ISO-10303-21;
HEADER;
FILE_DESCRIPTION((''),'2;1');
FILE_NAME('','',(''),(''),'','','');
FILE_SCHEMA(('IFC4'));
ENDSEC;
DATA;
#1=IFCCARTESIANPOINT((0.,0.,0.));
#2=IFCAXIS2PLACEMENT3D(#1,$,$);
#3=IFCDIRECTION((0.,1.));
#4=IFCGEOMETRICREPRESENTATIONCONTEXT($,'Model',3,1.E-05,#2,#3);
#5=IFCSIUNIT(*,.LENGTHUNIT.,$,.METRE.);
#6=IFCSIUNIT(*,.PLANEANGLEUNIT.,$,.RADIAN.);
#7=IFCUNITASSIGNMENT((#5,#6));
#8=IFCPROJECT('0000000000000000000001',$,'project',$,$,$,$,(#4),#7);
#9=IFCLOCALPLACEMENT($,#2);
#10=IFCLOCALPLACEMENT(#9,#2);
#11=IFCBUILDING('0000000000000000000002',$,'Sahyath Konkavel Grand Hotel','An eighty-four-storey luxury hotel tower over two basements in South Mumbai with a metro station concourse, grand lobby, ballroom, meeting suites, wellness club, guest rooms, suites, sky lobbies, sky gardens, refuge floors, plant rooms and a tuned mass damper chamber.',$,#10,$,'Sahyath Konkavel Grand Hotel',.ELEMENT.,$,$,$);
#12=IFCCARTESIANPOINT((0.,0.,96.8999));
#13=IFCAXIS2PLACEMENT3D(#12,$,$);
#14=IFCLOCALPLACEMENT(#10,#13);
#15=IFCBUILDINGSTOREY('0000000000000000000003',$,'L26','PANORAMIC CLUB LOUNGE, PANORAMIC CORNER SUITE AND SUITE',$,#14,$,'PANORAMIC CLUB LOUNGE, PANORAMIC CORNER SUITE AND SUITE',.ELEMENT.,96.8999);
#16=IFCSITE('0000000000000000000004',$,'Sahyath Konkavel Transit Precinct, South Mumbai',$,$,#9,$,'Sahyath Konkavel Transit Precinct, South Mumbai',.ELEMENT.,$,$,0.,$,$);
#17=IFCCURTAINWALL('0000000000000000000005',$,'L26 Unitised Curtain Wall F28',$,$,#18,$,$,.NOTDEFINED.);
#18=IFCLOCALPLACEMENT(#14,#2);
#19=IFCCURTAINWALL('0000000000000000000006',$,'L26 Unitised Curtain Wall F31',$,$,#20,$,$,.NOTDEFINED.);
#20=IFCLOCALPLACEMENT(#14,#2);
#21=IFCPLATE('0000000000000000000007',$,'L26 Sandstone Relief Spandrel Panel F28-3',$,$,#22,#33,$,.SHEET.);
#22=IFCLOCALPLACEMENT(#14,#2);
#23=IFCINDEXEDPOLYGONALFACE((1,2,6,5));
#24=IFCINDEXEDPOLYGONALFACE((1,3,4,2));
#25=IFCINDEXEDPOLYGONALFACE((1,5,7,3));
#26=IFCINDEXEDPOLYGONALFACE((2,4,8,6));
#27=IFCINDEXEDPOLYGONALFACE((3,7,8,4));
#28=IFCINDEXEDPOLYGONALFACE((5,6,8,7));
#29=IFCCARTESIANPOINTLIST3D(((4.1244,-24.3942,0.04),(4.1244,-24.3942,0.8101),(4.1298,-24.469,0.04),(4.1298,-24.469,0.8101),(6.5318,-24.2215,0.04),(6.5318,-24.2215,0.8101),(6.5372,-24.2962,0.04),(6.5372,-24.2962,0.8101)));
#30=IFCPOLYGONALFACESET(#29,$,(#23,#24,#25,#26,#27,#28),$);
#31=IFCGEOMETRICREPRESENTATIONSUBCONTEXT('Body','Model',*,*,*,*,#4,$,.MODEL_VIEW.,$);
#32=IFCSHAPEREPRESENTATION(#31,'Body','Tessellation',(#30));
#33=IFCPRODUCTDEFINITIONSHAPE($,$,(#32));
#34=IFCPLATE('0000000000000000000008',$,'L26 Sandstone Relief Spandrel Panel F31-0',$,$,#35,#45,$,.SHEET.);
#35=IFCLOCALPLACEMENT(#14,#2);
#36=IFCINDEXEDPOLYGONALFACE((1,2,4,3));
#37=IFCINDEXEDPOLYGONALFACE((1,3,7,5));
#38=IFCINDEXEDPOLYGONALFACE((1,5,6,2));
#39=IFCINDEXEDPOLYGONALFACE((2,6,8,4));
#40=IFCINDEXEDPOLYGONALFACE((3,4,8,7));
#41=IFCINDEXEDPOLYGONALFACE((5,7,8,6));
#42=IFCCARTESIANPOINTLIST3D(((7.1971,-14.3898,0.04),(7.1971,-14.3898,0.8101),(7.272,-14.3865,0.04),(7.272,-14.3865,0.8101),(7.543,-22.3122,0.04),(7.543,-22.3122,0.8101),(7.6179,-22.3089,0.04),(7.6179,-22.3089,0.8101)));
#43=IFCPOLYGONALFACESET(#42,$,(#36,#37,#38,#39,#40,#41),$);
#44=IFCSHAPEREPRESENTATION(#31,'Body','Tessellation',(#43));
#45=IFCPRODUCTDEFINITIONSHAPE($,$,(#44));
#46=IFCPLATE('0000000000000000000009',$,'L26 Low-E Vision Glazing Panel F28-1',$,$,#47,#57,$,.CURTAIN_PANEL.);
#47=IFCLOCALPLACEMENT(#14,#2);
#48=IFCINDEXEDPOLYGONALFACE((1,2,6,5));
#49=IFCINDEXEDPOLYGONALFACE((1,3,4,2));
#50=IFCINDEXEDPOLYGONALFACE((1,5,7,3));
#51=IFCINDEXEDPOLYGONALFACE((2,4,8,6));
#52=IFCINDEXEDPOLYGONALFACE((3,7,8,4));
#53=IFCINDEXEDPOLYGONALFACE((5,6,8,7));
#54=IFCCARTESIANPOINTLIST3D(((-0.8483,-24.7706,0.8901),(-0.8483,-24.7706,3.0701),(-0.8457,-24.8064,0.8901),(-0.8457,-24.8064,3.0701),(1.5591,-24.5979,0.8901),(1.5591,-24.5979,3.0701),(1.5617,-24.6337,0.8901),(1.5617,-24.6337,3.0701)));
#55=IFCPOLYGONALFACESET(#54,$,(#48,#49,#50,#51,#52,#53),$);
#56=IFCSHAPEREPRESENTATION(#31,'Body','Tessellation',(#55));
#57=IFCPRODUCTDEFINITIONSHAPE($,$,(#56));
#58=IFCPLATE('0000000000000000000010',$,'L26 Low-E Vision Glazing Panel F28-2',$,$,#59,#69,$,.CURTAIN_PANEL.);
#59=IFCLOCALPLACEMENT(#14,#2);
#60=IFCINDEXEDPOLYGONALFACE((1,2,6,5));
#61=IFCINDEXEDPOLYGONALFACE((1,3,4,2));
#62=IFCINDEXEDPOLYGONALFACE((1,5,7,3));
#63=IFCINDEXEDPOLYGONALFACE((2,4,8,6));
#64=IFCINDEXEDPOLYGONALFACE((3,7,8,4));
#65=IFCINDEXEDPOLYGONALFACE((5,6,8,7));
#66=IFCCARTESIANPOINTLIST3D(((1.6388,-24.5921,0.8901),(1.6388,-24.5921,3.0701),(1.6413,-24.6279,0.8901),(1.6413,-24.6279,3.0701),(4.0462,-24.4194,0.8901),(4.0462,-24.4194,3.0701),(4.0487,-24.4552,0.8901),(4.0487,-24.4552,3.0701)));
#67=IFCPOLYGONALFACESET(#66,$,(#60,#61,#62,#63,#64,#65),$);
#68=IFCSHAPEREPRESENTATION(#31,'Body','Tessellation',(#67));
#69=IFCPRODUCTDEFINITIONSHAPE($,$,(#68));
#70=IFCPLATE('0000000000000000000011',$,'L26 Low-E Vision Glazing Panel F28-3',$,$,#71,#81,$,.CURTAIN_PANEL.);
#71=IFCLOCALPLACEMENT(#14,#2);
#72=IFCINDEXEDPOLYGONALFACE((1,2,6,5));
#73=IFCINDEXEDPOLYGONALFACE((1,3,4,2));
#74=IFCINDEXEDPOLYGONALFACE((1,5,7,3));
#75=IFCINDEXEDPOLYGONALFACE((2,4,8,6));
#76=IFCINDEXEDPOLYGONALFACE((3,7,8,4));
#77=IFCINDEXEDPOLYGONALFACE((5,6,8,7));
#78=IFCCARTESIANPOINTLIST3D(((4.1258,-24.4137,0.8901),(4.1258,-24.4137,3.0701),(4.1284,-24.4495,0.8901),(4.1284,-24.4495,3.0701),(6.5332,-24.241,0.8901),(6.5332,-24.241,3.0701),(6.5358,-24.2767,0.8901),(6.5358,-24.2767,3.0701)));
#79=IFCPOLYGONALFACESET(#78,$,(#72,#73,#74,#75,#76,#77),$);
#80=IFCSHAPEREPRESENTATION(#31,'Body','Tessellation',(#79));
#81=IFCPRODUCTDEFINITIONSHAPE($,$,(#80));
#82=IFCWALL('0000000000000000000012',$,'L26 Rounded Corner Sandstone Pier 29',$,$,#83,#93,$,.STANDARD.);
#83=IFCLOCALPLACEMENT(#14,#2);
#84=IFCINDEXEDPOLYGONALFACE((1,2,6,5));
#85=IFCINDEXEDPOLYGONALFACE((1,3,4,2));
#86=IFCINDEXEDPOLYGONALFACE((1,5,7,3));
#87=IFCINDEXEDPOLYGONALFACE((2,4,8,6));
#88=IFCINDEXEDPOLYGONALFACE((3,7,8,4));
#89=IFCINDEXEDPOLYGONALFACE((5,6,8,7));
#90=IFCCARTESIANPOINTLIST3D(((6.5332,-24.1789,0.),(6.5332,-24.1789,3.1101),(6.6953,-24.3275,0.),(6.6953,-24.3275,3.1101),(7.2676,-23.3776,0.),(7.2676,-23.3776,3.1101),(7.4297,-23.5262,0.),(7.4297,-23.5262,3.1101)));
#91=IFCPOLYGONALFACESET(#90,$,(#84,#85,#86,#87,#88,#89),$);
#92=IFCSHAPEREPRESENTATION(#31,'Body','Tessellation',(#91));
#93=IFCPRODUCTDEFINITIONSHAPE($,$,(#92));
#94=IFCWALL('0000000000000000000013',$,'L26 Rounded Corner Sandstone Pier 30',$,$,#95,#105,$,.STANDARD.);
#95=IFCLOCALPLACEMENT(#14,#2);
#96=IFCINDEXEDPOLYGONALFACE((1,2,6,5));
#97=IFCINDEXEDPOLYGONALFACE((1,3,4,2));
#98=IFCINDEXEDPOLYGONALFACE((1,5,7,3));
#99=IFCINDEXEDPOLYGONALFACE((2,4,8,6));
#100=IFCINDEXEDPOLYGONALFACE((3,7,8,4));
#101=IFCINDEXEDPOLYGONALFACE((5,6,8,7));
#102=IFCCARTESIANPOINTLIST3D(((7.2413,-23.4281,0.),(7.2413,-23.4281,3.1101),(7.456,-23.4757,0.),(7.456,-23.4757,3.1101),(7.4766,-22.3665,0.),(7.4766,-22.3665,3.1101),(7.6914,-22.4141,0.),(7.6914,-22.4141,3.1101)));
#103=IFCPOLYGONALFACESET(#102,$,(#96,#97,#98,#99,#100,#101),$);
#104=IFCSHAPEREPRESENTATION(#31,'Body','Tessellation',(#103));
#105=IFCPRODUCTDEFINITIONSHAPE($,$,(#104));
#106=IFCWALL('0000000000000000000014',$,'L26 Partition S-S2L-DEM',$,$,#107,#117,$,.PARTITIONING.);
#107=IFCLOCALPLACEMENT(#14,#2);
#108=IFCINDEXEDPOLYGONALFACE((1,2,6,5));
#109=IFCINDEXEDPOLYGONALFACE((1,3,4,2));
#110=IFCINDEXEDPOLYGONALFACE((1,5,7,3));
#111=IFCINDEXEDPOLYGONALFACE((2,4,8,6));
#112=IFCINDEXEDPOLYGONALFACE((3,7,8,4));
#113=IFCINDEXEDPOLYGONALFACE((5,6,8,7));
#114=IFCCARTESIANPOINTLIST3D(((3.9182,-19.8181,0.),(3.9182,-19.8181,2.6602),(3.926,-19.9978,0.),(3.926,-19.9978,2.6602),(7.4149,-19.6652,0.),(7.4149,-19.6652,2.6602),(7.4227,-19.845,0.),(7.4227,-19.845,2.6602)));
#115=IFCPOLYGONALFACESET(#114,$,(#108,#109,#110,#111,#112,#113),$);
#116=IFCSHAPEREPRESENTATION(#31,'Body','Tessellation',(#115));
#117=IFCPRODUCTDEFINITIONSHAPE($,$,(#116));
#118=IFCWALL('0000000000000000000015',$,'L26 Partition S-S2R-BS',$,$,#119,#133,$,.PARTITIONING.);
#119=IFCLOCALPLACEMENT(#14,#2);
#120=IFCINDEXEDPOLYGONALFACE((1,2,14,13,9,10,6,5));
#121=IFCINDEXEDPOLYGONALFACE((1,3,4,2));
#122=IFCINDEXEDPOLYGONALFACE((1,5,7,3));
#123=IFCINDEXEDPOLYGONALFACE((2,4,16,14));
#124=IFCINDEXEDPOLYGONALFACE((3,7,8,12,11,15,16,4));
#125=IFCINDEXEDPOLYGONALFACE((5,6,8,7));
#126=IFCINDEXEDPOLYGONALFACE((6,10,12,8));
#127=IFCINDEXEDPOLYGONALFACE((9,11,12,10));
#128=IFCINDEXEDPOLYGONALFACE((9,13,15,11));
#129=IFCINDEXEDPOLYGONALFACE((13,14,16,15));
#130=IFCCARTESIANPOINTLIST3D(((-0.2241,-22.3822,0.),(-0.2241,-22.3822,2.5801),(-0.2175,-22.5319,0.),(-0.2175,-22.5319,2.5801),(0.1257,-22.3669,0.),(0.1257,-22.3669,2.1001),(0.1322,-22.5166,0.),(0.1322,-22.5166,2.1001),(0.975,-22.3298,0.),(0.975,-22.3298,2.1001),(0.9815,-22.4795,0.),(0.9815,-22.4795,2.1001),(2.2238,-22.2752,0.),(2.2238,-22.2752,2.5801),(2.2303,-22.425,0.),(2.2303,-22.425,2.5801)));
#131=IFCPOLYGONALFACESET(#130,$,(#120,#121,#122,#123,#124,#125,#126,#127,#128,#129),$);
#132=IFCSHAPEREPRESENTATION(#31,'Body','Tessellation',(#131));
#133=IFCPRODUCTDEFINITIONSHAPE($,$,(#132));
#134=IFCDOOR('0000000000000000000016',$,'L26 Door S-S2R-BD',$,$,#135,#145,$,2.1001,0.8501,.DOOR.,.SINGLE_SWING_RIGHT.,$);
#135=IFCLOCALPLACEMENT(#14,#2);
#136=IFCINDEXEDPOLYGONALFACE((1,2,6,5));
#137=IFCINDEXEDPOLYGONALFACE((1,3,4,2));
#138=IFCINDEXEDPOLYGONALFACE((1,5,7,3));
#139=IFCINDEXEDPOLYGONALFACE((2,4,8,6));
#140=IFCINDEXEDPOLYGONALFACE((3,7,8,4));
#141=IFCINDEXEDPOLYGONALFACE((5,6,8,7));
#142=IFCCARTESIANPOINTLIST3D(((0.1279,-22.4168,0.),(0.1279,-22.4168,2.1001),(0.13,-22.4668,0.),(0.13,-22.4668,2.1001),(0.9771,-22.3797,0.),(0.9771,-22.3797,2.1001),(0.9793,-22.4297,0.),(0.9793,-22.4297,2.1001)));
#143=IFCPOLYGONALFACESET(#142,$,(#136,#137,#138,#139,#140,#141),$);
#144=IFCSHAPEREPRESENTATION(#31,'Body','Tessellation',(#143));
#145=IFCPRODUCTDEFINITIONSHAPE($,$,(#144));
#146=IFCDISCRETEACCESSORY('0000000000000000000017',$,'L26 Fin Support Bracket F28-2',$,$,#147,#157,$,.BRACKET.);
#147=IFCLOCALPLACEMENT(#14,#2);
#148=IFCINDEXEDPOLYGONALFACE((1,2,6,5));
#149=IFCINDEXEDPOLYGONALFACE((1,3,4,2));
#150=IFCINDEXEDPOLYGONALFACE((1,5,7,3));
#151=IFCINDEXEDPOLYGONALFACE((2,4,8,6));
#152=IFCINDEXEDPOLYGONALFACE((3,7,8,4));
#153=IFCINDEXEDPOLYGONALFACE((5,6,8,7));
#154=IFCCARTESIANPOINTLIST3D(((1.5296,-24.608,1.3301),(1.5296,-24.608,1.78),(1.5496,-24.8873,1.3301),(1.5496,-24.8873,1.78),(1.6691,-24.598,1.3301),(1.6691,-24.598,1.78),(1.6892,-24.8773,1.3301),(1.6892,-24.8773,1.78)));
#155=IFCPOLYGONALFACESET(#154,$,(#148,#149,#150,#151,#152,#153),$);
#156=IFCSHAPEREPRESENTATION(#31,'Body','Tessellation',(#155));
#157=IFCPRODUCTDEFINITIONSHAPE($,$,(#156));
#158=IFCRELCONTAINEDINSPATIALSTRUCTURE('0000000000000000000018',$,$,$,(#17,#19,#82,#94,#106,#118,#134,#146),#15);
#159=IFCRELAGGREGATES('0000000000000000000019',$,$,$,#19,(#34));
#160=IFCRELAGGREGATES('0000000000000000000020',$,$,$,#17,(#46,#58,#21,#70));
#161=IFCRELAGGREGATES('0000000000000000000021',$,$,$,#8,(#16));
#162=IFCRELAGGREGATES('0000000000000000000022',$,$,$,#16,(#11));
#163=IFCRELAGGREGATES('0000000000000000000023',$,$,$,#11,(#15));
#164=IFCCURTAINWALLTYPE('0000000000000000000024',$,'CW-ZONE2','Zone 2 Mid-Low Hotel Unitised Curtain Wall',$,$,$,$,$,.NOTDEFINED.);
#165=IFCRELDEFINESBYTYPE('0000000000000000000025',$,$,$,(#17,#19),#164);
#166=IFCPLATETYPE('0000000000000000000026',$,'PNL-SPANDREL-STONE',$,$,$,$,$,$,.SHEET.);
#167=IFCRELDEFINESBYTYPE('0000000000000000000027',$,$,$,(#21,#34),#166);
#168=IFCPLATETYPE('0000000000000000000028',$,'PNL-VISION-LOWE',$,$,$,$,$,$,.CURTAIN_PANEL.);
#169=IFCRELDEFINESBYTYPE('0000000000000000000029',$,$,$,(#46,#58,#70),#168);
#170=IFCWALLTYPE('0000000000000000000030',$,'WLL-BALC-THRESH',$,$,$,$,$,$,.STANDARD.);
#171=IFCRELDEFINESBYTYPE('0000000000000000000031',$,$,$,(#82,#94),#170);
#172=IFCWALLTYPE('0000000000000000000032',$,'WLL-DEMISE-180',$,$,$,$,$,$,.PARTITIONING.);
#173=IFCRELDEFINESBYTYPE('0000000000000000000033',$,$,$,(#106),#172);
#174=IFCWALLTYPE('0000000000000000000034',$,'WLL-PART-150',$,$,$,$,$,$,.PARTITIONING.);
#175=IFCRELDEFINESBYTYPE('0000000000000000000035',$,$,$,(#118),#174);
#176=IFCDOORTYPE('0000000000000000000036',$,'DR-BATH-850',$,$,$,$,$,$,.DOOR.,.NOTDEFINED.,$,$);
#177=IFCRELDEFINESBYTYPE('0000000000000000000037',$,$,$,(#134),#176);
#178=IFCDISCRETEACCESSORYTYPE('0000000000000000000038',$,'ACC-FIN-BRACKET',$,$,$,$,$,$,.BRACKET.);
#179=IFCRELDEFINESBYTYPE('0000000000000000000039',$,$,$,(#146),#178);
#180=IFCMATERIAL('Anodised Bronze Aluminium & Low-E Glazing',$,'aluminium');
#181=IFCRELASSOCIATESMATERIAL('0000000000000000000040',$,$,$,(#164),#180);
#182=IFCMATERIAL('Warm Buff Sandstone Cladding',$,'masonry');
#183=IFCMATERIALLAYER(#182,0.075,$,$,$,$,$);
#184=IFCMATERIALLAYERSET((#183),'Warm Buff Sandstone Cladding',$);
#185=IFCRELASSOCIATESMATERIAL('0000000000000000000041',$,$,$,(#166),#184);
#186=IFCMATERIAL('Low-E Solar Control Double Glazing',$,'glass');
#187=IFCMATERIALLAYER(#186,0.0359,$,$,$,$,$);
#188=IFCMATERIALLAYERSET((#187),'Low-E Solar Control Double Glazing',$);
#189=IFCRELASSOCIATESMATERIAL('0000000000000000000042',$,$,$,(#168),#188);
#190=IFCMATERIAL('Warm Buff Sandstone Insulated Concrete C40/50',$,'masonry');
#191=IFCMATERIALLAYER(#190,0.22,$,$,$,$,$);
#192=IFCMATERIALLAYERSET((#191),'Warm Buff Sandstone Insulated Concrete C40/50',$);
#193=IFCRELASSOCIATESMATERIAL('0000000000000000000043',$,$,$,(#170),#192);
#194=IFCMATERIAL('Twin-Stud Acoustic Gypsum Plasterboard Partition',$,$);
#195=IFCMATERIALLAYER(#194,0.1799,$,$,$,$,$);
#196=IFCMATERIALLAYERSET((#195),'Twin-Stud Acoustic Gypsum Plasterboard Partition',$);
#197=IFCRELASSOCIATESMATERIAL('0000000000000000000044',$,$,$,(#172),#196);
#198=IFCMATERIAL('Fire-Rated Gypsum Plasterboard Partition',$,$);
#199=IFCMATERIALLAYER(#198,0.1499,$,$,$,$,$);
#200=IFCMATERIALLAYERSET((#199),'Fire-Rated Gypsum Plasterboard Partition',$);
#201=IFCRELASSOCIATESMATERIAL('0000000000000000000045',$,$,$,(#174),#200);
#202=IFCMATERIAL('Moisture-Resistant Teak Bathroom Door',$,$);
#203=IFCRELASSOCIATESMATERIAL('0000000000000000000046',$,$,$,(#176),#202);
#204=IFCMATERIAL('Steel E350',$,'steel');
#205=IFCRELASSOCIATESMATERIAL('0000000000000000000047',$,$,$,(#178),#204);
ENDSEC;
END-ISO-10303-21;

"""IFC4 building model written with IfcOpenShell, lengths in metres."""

from ifc_helpers import new_model, si_unit, direction, frame, frame_2d, origin, origin_2d, place, context, subcontext, project, spatial, rectangle, extrude, source, transform, mapped, material, layer, layer_set, type_object, element, fill, aggregate, save


model = new_model("IFC4")

# Units and contexts
model_context = context("Model", 3, precision=1e-05, world=origin(), true_north=direction((0.0, 1.0)))
body_context = subcontext(model_context, "Body", "Model", "MODEL_VIEW")
ifc_project = project(units=[si_unit("LENGTHUNIT", "METRE"), si_unit("PLANEANGLEUNIT", "RADIAN")], contexts=[model_context])

# Site, building, storey
site_placement = place(None, origin())
site = spatial("IfcSite", under=ifc_project, at=site_placement, Name="Sahyath Konkavel Transit Precinct, South Mumbai", LongName="Sahyath Konkavel Transit Precinct, South Mumbai", CompositionType="ELEMENT", RefElevation=0.0)
building_placement = place(site_placement, origin())
building = spatial("IfcBuilding", under=site, at=building_placement, Name="Sahyath Konkavel Grand Hotel", Description="An eighty-four-storey luxury hotel tower over two basements in South Mumbai with a metro station concourse, grand lobby, ballroom, meeting suites, wellness club, guest rooms, suites, sky lobbies, sky gardens, refuge floors, plant rooms and a tuned mass damper chamber.", LongName="Sahyath Konkavel Grand Hotel", CompositionType="ELEMENT")
storey_placement = place(building_placement, frame((0.0, 0.0, 96.8999)))
storey = spatial("IfcBuildingStorey", under=building, at=storey_placement, Name="L26", Description="PANORAMIC CLUB LOUNGE, PANORAMIC CORNER SUITE AND SUITE", LongName="PANORAMIC CLUB LOUNGE, PANORAMIC CORNER SUITE AND SUITE", CompositionType="ELEMENT", Elevation=96.8999)

# Curtain wall
ifc_material_1 = material(Name="Anodised Bronze Aluminium & Low-E Glazing", Category="aluminium")
curtain_wall_type = type_object("IfcCurtainWallType", Name="CW-ZONE2", Description="Zone 2 Mid-Low Hotel Unitised Curtain Wall", PredefinedType="NOTDEFINED", material=ifc_material_1)
curtain_wall_1_placement = place(storey_placement, origin())
curtain_wall_1 = element("IfcCurtainWall", 1, at=curtain_wall_1_placement, inside=storey, type_object=curtain_wall_type, Name="L26 Unitised Curtain Wall F28", PredefinedType="NOTDEFINED")

# Curtain wall
curtain_wall_2_placement = place(storey_placement, origin())
curtain_wall_2 = element("IfcCurtainWall", 2, at=curtain_wall_2_placement, inside=storey, type_object=curtain_wall_type, Name="L26 Unitised Curtain Wall F31", PredefinedType="NOTDEFINED")

# Plates
ifc_material_2 = material(Name="Warm Buff Sandstone Cladding", Category="masonry")
ifc_layer_1 = layer(ifc_material_2, 0.075)
ifc_layer_set_1 = layer_set([ifc_layer_1], Name="Warm Buff Sandstone Cladding")
plate_type_1 = type_object("IfcPlateType", Name="PNL-SPANDREL-STONE", PredefinedType="SHEET", material=ifc_layer_set_1)
shared_shape_1 = source(origin(), body_context, "Body", "SweptSolid", [
    extrude(rectangle(XDim=2.4136, YDim=0.075, at=origin_2d()), origin(), (0.0, 0.0, 1.0), 0.77),
])
plate_1_placement = place(storey_placement, frame((5.3308, -24.3452, 0.04), z_axis=(0.0, 0.0, 1.0), x_axis=(0.997436, 0.071567, 0.0)))
plate_1 = element("IfcPlate", 3, at=plate_1_placement, type_object=plate_type_1, Name="L26 Sandstone Relief Spandrel Panel F28-3", PredefinedType="SHEET", context=body_context, shape_type="MappedRepresentation", body=[
    mapped(shared_shape_1, transform((0.0, 0.0, 0.0), scale=1.0)),
])
shared_shape_2 = source(origin(), body_context, "Body", "SweptSolid", [
    extrude(rectangle(XDim=7.9299, YDim=0.075, at=origin_2d()), origin(), (0.0, 0.0, 1.0), 0.77),
])
plate_2_placement = place(storey_placement, frame((7.4075, -18.3494, 0.04), z_axis=(0.0, 0.0, 1.0), x_axis=(-0.043619, 0.999048, 0.0)))
plate_2 = element("IfcPlate", 4, at=plate_2_placement, type_object=plate_type_1, Name="L26 Sandstone Relief Spandrel Panel F31-0", PredefinedType="SHEET", context=body_context, shape_type="MappedRepresentation", body=[
    mapped(shared_shape_2, transform((0.0, 0.0, 0.0), scale=1.0)),
])
aggregate(curtain_wall_2, [plate_2])
ifc_material_3 = material(Name="Low-E Solar Control Double Glazing", Category="glass")
ifc_layer_2 = layer(ifc_material_3, 0.0359)
ifc_layer_set_2 = layer_set([ifc_layer_2], Name="Low-E Solar Control Double Glazing")
plate_type_2 = type_object("IfcPlateType", Name="PNL-VISION-LOWE", PredefinedType="CURTAIN_PANEL", material=ifc_layer_set_2)
shared_shape_3 = source(origin(), body_context, "Body", "SweptSolid", [
    extrude(rectangle(XDim=2.4136, YDim=0.0359, at=origin_2d()), origin(), (0.0, 0.0, 1.0), 2.1799),
])
plate_3_placement = place(storey_placement, frame((0.3567, -24.7021, 0.8901), z_axis=(0.0, 0.0, 1.0), x_axis=(0.997436, 0.071567, 0.0)))
plate_3 = element("IfcPlate", 5, at=plate_3_placement, type_object=plate_type_2, Name="L26 Low-E Vision Glazing Panel F28-1", PredefinedType="CURTAIN_PANEL", context=body_context, shape_type="MappedRepresentation", body=[
    mapped(shared_shape_3, transform((0.0, 0.0, 0.0), scale=1.0)),
])
plate_4_placement = place(storey_placement, frame((2.8438, -24.5237, 0.8901), z_axis=(0.0, 0.0, 1.0), x_axis=(0.997436, 0.071567, 0.0)))
plate_4 = element("IfcPlate", 6, at=plate_4_placement, type_object=plate_type_2, Name="L26 Low-E Vision Glazing Panel F28-2", PredefinedType="CURTAIN_PANEL", context=body_context, shape_type="MappedRepresentation", body=[
    mapped(shared_shape_3, transform((0.0, 0.0, 0.0), scale=1.0)),
])
plate_5_placement = place(storey_placement, frame((5.3308, -24.3452, 0.8901), z_axis=(0.0, 0.0, 1.0), x_axis=(0.997436, 0.071567, 0.0)))
plate_5 = element("IfcPlate", 7, at=plate_5_placement, type_object=plate_type_2, Name="L26 Low-E Vision Glazing Panel F28-3", PredefinedType="CURTAIN_PANEL", context=body_context, shape_type="MappedRepresentation", body=[
    mapped(shared_shape_3, transform((0.0, 0.0, 0.0), scale=1.0)),
])
aggregate(curtain_wall_1, [plate_3, plate_4, plate_1, plate_5])

# Walls
ifc_material_4 = material(Name="Warm Buff Sandstone Insulated Concrete C40/50", Category="masonry")
ifc_layer_3 = layer(ifc_material_4, 0.22)
ifc_layer_set_3 = layer_set([ifc_layer_3], Name="Warm Buff Sandstone Insulated Concrete C40/50")
wall_type_1 = type_object("IfcWallType", Name="WLL-BALC-THRESH", PredefinedType="STANDARD", material=ifc_layer_set_3)
wall_1_placement = place(storey_placement, frame((6.6143, -24.2532, 0.0), z_axis=(0.0, 0.0, 1.0), x_axis=(0.675664, 0.73721, 0.0)))
element("IfcWall", 8, at=wall_1_placement, inside=storey, type_object=wall_type_1, Name="L26 Rounded Corner Sandstone Pier 29", PredefinedType="STANDARD", context=body_context, shape_type="SweptSolid", body=[
    extrude(rectangle(XDim=1.0869, YDim=0.22, at=frame_2d((0.5435, 0.0))), origin(), (0.0, 0.0, 1.0), 3.1101),
])
wall_2_placement = place(storey_placement, frame((7.3486, -23.4519, 0.0), z_axis=(0.0, 0.0, 1.0), x_axis=(0.216455, 0.976293, 0.0)))
element("IfcWall", 9, at=wall_2_placement, inside=storey, type_object=wall_type_1, Name="L26 Rounded Corner Sandstone Pier 30", PredefinedType="STANDARD", context=body_context, shape_type="SweptSolid", body=[
    extrude(rectangle(XDim=1.0874, YDim=0.22, at=frame_2d((0.5437, 0.0))), origin(), (0.0, 0.0, 1.0), 3.1101),
])
ifc_material_5 = material(Name="Twin-Stud Acoustic Gypsum Plasterboard Partition")
ifc_layer_4 = layer(ifc_material_5, 0.1799)
ifc_layer_set_4 = layer_set([ifc_layer_4], Name="Twin-Stud Acoustic Gypsum Plasterboard Partition")
wall_type_2 = type_object("IfcWallType", Name="WLL-DEMISE-180", PredefinedType="PARTITIONING", material=ifc_layer_set_4)
wall_3_placement = place(storey_placement, frame((3.9221, -19.908, 0.0), z_axis=(0.0, 0.0, 1.0), x_axis=(0.999046, 0.043667, 0.0)))
element("IfcWall", 10, at=wall_3_placement, inside=storey, type_object=wall_type_2, Name="L26 Partition S-S2L-DEM", PredefinedType="PARTITIONING", context=body_context, shape_type="SweptSolid", body=[
    extrude(rectangle(XDim=3.5, YDim=0.1799, at=frame_2d((1.75, 0.0))), origin(), (0.0, 0.0, 1.0), 2.6602),
])

# Wall, opening, door
ifc_material_6 = material(Name="Fire-Rated Gypsum Plasterboard Partition")
ifc_layer_5 = layer(ifc_material_6, 0.1499)
ifc_layer_set_5 = layer_set([ifc_layer_5], Name="Fire-Rated Gypsum Plasterboard Partition")
wall_type_3 = type_object("IfcWallType", Name="WLL-PART-150", PredefinedType="PARTITIONING", material=ifc_layer_set_5)
wall_4_placement = place(storey_placement, frame((2.2271, -22.3501, 0.0), z_axis=(0.0, 0.0, 1.0), x_axis=(-0.999047, -0.043645, 0.0)))
wall_4 = element("IfcWall", 11, at=wall_4_placement, inside=storey, type_object=wall_type_3, Name="L26 Partition S-S2R-BS", PredefinedType="PARTITIONING", context=body_context, shape_type="SweptSolid", body=[
    extrude(rectangle(XDim=2.4502, YDim=0.1499, at=frame_2d((1.2251, 0.0))), origin(), (0.0, 0.0, 1.0), 2.5801),
])
opening_placement = place(wall_4_placement, frame((1.25, 0.0, 0.0)))
opening = element("IfcOpeningElement", 12, at=opening_placement, cuts=wall_4, PredefinedType="OPENING", context=body_context, shape_type="SweptSolid", body=[
    extrude(rectangle(XDim=0.8501, YDim=2.1001, at=frame_2d((0.425, 1.05))), frame((0.0, 0.085, 0.0), z_axis=(0.0, -1.0, 0.0), x_axis=(1.0, 0.0, 0.0)), (0.0, 0.0, 1.0), 0.1699),
])
ifc_material_7 = material(Name="Moisture-Resistant Teak Bathroom Door")
door_type = type_object("IfcDoorType", Name="DR-BATH-850", OperationType="NOTDEFINED", PredefinedType="DOOR", material=ifc_material_7)
shared_shape_4 = source(origin(), body_context, "Body", "SweptSolid", [
    extrude(rectangle(XDim=0.8501, YDim=0.05, at=origin_2d()), origin(), (0.0, 0.0, 1.0), 2.1001),
])
door_placement = place(opening_placement, frame((0.425, 0.0, 0.0)))
door = element("IfcDoor", 13, at=door_placement, inside=storey, type_object=door_type, Name="L26 Door S-S2R-BD", OperationType="SINGLE_SWING_RIGHT", OverallHeight=2.1001, OverallWidth=0.8501, PredefinedType="DOOR", context=body_context, shape_type="MappedRepresentation", body=[
    mapped(shared_shape_4, transform((0.0, 0.0, 0.0), scale=1.0)),
])
fill(opening, door)

# Discrete accessory
ifc_material_8 = material(Name="Steel E350", Category="steel")
discrete_accessory_type = type_object("IfcDiscreteAccessoryType", Name="ACC-FIN-BRACKET", PredefinedType="BRACKET", material=ifc_material_8)
shared_shape_5 = source(origin(), body_context, "Body", "SweptSolid", [
    extrude(rectangle(XDim=0.28, YDim=0.1399, at=origin_2d()), origin(), (0.0, 0.0, 1.0), 0.45),
])
discrete_accessory_placement = place(storey_placement, frame((1.6094, -24.7427, 1.3301), z_axis=(0.0, 0.0, 1.0), x_axis=(0.071567, -0.997436, 0.0)))
element("IfcDiscreteAccessory", 14, at=discrete_accessory_placement, inside=storey, type_object=discrete_accessory_type, Name="L26 Fin Support Bracket F28-2", PredefinedType="BRACKET", context=body_context, shape_type="MappedRepresentation", body=[
    mapped(shared_shape_5, transform((0.0, 0.0, 0.0), scale=1.0)),
])

save(model, "model.ifc")
